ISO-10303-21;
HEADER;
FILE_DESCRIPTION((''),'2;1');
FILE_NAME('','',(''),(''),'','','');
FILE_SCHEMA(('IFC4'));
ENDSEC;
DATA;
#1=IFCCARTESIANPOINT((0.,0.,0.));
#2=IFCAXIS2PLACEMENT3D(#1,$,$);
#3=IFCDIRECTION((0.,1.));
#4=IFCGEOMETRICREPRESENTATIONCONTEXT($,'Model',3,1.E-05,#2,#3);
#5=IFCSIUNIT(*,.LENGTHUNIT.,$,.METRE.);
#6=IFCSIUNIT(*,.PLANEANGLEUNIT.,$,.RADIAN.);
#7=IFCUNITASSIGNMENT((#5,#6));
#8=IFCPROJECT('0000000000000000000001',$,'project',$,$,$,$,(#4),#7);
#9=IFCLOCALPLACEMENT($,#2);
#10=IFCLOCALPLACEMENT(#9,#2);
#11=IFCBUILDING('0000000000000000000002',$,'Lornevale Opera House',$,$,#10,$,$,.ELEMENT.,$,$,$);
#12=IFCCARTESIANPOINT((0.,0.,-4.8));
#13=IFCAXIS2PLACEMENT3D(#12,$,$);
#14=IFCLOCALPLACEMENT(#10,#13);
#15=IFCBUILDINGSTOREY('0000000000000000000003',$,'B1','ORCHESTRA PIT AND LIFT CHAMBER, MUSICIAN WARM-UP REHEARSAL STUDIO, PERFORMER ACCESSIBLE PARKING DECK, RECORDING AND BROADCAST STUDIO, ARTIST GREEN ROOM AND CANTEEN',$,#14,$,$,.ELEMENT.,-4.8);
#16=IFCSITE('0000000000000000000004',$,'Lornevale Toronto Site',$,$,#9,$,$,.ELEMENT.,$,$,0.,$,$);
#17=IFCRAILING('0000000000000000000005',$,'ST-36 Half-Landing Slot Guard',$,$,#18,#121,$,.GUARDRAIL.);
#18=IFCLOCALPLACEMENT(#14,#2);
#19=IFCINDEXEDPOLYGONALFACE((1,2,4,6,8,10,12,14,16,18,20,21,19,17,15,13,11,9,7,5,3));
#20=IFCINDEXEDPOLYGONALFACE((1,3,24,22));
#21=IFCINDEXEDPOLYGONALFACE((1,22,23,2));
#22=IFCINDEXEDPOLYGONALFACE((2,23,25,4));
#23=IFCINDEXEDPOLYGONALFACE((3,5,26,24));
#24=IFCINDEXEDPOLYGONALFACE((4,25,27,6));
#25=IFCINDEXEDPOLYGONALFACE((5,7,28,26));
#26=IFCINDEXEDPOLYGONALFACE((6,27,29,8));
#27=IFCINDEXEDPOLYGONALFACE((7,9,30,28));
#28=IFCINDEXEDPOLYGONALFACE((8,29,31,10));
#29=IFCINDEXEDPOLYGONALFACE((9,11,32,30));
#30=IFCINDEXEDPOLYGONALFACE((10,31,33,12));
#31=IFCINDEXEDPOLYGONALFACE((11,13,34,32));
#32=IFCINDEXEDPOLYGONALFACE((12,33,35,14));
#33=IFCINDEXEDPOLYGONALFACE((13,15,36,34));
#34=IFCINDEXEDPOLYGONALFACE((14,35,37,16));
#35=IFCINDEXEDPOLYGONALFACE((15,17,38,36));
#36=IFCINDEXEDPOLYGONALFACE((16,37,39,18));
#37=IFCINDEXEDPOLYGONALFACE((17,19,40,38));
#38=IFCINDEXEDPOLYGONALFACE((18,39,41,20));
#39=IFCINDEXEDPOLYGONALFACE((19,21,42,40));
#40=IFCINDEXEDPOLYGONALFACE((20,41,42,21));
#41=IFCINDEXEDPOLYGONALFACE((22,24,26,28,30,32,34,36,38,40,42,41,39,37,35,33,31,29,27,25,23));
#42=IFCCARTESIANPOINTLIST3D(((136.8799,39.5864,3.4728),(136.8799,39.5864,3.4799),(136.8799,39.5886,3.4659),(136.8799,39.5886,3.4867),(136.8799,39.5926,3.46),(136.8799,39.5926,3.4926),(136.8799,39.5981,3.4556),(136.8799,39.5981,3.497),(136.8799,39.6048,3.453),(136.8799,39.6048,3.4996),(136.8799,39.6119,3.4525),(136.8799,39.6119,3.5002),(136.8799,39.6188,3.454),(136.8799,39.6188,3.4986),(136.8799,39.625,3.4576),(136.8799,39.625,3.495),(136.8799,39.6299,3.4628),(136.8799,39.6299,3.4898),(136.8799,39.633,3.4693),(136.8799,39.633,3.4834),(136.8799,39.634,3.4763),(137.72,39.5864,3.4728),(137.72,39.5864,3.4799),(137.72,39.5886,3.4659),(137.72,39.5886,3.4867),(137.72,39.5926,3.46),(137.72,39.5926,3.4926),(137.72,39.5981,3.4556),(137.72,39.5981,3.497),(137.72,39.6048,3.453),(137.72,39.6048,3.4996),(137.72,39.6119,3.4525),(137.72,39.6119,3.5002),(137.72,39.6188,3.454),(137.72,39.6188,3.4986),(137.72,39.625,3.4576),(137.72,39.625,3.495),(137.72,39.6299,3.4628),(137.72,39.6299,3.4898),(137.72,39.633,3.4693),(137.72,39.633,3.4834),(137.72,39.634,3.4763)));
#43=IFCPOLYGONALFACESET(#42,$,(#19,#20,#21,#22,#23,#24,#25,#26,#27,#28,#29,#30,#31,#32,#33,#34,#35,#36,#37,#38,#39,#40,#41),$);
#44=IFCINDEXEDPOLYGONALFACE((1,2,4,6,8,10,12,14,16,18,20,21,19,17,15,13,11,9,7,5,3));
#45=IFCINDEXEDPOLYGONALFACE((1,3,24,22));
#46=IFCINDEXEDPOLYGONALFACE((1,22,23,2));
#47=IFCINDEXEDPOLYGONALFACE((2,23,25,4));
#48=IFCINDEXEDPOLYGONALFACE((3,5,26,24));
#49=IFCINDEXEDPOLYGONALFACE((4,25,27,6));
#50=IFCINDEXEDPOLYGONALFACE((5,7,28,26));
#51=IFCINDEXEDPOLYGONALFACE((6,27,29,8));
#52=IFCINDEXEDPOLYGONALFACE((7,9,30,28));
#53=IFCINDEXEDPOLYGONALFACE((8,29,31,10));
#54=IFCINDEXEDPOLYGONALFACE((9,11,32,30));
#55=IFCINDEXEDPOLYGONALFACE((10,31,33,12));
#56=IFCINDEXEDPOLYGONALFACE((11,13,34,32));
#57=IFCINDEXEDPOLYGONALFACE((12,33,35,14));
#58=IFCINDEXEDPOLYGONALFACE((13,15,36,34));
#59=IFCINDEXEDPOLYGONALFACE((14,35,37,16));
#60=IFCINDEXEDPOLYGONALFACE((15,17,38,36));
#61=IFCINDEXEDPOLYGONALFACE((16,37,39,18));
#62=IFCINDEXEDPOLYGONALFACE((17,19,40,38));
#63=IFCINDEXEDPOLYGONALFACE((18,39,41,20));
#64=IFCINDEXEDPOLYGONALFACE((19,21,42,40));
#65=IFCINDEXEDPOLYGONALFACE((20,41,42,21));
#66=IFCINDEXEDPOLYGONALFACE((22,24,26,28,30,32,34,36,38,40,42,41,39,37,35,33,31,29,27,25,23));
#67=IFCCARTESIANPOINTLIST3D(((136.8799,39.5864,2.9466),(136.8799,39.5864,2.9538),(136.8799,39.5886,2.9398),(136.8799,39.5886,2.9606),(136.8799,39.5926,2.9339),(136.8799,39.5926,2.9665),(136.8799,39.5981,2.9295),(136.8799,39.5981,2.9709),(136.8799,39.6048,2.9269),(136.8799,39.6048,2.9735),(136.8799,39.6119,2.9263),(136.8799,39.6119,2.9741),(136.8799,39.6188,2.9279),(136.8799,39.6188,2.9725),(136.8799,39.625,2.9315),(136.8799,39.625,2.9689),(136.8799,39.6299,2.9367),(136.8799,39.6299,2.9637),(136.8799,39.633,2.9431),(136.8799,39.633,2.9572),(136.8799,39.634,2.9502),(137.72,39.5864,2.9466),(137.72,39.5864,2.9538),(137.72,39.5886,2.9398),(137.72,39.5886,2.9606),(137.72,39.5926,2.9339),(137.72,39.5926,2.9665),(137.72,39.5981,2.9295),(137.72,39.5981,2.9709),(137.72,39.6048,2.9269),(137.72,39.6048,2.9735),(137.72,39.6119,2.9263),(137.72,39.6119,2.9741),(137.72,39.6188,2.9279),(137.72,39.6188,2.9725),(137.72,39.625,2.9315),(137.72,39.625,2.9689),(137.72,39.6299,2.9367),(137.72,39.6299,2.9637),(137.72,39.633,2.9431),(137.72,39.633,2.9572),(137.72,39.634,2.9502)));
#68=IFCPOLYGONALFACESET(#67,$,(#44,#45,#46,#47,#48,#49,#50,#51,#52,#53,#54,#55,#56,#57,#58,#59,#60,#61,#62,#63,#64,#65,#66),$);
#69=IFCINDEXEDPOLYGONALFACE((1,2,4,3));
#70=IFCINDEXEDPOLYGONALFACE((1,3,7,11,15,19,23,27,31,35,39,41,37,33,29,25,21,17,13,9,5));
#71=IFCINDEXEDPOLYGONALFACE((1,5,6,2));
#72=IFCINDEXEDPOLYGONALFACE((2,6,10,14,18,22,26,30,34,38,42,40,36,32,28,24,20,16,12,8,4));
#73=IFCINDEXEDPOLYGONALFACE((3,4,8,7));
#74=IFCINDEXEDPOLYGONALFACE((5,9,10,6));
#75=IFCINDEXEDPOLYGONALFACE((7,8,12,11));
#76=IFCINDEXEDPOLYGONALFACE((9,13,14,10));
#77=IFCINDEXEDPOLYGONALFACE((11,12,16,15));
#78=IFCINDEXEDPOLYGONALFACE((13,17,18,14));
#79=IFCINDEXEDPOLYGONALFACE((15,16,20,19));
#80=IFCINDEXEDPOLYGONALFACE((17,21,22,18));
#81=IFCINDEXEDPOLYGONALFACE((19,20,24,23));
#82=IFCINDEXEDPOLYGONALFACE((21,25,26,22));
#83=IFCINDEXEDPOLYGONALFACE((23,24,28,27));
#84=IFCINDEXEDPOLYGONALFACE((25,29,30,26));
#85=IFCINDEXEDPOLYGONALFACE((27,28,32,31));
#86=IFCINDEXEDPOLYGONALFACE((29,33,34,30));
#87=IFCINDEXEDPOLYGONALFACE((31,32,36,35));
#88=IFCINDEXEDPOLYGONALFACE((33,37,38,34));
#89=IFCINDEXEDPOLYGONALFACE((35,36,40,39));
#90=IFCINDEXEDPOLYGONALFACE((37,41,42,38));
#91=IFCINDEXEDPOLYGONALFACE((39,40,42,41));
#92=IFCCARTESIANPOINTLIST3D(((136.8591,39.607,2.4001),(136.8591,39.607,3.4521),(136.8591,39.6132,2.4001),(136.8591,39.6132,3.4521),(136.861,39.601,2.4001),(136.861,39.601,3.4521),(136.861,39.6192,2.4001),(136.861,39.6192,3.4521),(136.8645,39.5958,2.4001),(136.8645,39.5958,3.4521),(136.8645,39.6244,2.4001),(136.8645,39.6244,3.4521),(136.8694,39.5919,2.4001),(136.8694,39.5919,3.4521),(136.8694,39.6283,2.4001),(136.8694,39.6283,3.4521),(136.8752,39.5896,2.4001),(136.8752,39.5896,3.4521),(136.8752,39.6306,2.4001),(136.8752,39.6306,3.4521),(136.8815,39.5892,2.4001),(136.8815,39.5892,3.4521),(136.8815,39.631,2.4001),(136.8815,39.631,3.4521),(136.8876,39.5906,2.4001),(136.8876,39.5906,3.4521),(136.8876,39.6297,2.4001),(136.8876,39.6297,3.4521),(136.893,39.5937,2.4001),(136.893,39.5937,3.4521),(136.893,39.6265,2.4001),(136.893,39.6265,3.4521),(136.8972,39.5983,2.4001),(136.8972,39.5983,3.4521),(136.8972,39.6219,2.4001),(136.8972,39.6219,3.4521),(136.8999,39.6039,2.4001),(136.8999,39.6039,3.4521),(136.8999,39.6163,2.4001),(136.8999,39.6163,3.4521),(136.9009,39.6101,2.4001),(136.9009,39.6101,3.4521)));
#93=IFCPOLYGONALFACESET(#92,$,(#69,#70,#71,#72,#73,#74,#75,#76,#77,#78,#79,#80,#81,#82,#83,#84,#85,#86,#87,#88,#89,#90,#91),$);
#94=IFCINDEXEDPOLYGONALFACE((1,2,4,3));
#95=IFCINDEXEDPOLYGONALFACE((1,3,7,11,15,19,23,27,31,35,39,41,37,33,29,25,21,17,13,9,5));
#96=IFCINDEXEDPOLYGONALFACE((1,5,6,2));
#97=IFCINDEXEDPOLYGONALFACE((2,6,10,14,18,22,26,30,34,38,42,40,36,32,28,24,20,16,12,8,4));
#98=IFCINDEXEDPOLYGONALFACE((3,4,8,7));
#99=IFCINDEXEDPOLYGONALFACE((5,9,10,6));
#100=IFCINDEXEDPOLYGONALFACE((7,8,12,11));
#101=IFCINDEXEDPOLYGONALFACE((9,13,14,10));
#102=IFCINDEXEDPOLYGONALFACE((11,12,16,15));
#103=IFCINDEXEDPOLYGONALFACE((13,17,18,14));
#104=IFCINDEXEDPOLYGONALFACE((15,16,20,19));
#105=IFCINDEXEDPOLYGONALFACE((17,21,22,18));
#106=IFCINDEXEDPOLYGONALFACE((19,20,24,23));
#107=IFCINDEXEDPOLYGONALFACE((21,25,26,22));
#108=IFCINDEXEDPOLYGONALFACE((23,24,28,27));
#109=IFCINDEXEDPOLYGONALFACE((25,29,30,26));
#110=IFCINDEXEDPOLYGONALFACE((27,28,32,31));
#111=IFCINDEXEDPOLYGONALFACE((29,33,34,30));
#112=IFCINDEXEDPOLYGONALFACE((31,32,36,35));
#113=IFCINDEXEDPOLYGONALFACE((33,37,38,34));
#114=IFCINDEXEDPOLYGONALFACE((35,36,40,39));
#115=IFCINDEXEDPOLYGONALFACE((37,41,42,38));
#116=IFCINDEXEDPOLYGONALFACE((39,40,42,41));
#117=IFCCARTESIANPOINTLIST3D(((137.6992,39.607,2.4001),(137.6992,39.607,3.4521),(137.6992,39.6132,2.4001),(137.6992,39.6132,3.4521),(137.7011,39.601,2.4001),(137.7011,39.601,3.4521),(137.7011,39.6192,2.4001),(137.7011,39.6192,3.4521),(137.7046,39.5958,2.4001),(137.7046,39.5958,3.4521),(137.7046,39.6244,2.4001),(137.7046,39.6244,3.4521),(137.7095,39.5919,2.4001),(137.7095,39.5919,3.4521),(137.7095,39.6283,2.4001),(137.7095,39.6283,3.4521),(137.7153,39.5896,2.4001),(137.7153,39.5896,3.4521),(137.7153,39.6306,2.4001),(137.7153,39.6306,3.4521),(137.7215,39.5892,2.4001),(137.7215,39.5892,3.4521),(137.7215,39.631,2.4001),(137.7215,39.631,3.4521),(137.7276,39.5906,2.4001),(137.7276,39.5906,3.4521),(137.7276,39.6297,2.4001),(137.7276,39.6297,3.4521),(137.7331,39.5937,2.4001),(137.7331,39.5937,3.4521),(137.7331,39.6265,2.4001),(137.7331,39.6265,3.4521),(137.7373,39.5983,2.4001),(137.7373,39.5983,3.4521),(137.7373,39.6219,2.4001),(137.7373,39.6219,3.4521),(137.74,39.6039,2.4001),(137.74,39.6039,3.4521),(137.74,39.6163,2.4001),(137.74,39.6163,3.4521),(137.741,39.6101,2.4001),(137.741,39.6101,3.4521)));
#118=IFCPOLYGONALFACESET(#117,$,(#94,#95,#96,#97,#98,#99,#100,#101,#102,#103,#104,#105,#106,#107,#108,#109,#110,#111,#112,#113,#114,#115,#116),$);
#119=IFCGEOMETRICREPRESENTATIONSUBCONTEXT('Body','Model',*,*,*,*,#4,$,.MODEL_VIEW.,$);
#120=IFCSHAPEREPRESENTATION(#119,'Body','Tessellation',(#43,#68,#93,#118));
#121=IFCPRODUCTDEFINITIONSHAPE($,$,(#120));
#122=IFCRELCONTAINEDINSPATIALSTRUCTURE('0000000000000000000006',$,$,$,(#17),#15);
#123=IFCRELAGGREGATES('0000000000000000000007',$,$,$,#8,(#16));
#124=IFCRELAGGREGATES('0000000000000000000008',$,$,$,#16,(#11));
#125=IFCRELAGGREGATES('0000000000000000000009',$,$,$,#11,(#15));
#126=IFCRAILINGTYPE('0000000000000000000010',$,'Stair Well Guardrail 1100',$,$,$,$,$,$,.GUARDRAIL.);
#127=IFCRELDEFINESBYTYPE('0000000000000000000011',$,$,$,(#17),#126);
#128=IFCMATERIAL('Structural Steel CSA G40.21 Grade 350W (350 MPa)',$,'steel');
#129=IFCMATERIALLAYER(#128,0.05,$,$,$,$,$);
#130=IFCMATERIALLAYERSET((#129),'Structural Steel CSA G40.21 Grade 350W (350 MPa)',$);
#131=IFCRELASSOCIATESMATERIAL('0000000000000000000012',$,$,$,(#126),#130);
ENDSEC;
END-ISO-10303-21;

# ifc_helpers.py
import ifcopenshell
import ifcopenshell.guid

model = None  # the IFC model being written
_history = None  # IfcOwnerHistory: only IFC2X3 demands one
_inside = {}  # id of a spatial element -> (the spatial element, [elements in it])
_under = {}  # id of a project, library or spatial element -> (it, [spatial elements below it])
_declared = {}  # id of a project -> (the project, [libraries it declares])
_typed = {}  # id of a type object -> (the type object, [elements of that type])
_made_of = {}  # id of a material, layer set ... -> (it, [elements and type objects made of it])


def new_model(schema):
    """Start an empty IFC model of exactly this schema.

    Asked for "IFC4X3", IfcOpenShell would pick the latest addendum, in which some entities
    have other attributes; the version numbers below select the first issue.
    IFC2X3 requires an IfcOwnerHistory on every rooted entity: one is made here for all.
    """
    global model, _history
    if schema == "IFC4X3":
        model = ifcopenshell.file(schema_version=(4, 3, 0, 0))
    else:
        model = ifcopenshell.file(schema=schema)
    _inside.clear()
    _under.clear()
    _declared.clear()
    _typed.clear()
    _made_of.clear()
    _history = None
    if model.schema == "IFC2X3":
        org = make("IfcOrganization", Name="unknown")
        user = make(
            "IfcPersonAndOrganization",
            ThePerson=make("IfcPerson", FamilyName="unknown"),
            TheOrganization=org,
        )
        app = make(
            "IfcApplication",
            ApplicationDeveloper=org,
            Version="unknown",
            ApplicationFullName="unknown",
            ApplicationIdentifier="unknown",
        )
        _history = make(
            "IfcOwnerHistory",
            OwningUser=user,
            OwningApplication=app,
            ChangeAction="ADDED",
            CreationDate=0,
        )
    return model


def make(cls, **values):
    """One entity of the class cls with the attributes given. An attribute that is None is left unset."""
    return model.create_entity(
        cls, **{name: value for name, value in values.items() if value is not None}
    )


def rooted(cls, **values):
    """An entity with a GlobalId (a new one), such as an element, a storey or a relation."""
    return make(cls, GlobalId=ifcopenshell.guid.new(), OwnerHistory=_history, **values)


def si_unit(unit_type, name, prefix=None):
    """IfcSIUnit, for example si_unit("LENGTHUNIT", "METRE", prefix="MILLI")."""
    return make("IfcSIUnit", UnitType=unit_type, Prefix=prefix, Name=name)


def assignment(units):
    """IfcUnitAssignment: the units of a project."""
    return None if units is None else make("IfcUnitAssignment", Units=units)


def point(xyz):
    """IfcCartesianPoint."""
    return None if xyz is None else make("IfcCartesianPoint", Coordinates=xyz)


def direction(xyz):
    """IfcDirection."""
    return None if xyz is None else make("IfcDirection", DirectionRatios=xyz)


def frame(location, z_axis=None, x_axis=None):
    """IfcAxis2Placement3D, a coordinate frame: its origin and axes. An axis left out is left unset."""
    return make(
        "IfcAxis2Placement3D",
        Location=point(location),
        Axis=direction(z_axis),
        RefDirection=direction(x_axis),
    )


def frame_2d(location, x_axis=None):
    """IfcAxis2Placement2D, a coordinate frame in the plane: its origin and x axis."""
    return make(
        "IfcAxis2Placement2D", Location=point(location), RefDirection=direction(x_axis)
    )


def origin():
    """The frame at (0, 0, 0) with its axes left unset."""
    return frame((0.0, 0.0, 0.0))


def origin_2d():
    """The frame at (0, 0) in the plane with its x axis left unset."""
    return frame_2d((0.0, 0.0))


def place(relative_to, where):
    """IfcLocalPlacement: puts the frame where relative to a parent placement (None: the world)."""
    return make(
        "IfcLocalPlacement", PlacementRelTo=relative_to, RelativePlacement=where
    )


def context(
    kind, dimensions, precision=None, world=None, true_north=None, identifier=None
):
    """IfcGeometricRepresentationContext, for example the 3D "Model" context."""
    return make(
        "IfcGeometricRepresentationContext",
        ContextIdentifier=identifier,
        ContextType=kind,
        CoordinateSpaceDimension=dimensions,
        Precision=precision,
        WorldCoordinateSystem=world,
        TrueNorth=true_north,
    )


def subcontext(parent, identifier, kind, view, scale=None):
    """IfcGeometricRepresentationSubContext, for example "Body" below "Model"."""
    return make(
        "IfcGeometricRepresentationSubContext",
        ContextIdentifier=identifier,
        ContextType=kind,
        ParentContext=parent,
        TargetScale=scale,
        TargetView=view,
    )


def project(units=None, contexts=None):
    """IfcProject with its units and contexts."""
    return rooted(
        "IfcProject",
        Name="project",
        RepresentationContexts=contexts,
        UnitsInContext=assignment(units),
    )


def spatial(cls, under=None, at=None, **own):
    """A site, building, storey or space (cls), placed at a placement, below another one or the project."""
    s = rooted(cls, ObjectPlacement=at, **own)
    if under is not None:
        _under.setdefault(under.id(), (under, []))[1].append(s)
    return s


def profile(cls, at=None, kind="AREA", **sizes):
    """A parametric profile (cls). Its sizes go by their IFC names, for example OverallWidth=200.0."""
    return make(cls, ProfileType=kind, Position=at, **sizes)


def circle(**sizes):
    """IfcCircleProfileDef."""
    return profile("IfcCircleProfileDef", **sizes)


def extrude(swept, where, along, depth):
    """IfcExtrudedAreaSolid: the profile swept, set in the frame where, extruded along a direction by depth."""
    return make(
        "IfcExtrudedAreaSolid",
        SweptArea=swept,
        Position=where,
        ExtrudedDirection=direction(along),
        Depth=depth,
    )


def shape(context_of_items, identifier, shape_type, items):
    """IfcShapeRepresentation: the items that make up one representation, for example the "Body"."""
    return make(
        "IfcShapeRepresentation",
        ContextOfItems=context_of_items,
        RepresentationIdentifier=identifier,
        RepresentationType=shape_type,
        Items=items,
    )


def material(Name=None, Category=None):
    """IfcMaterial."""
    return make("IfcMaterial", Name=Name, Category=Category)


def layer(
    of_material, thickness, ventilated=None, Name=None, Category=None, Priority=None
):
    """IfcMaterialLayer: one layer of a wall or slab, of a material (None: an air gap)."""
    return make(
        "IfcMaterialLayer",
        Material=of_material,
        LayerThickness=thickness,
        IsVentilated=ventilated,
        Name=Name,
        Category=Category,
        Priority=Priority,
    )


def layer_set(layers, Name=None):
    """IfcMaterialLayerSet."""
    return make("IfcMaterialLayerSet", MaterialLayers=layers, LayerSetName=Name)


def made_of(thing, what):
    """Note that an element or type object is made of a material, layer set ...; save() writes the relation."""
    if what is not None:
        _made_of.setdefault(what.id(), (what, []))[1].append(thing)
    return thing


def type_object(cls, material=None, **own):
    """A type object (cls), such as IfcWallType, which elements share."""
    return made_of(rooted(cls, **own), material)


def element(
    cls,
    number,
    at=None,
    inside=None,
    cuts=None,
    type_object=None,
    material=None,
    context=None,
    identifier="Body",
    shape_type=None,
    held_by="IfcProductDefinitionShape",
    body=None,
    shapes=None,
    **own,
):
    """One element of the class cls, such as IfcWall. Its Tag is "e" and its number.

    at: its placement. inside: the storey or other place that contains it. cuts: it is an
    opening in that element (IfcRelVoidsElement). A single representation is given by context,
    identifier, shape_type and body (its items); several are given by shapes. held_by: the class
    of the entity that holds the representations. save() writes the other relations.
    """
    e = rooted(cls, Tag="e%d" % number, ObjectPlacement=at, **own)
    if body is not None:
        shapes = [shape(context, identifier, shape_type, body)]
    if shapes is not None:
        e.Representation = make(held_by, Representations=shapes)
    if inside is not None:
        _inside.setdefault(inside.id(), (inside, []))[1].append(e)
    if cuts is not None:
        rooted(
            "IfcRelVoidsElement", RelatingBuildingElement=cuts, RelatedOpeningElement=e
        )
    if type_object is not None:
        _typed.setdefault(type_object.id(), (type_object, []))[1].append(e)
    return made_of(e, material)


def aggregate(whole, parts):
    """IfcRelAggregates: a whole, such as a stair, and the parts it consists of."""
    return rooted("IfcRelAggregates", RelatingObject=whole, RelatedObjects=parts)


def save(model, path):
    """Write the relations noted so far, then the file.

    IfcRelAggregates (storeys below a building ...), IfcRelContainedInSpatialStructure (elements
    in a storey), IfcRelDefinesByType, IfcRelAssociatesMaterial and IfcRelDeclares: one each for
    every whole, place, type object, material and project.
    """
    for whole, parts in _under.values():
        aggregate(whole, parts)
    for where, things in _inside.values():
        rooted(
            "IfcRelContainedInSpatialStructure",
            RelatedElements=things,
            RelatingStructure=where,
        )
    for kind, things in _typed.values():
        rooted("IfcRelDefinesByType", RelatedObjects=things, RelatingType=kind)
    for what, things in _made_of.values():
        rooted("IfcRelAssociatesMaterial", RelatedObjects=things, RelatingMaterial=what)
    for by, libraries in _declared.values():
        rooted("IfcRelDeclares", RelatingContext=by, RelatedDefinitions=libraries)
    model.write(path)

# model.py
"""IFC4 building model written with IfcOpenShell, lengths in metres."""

from ifc_helpers import new_model, si_unit, direction, frame, origin, origin_2d, place, context, subcontext, project, spatial, circle, extrude, material, layer, layer_set, type_object, element, save


model = new_model("IFC4")

# Units and contexts
model_context = context("Model", 3, precision=1e-05, world=origin(), true_north=direction((0.0, 1.0)))
body_context = subcontext(model_context, "Body", "Model", "MODEL_VIEW")
ifc_project = project(units=[si_unit("LENGTHUNIT", "METRE"), si_unit("PLANEANGLEUNIT", "RADIAN")], contexts=[model_context])

# Site, building, storey
site_placement = place(None, origin())
site = spatial("IfcSite", under=ifc_project, at=site_placement, Name="Lornevale Toronto Site", CompositionType="ELEMENT", RefElevation=0.0)
building_placement = place(site_placement, origin())
building = spatial("IfcBuilding", under=site, at=building_placement, Name="Lornevale Opera House", CompositionType="ELEMENT")
storey_placement = place(building_placement, frame((0.0, 0.0, -4.8)))
storey = spatial("IfcBuildingStorey", under=building, at=storey_placement, Name="B1", Description="ORCHESTRA PIT AND LIFT CHAMBER, MUSICIAN WARM-UP REHEARSAL STUDIO, PERFORMER ACCESSIBLE PARKING DECK, RECORDING AND BROADCAST STUDIO, ARTIST GREEN ROOM AND CANTEEN", CompositionType="ELEMENT", Elevation=-4.8)

# Railing
ifc_material_1 = material(Name="Structural Steel CSA G40.21 Grade 350W (350 MPa)", Category="steel")
ifc_layer_1 = layer(ifc_material_1, 0.05)
ifc_layer_set_1 = layer_set([ifc_layer_1], Name="Structural Steel CSA G40.21 Grade 350W (350 MPa)")
railing_type_1 = type_object("IfcRailingType", Name="Stair Well Guardrail 1100", PredefinedType="GUARDRAIL", material=ifc_layer_set_1)
railing_1_placement = place(storey_placement, frame((136.8799, 39.6101, 2.4001)))
element("IfcRailing", 1, at=railing_1_placement, inside=storey, type_object=railing_type_1, Name="ST-36 Half-Landing Slot Guard", PredefinedType="GUARDRAIL", context=body_context, shape_type="SweptSolid", body=[
    extrude(circle(Radius=0.0239, at=origin_2d()), frame((0.0, 0.0, 1.0762), z_axis=(1.0, 0.0, 0.0), x_axis=(0.0, 1.0, 0.0)), (0.0, 0.0, 1.0), 0.8401),
    extrude(circle(Radius=0.0239, at=origin_2d()), frame((0.0, 0.0, 0.55), z_axis=(1.0, 0.0, 0.0), x_axis=(0.0, 1.0, 0.0)), (0.0, 0.0, 1.0), 0.8401),
    extrude(circle(Radius=0.021, at=origin_2d()), origin(), (0.0, 0.0, 1.0), 1.052),
    extrude(circle(Radius=0.021, at=origin_2d()), frame((0.8401, 0.0, 0.0)), (0.0, 0.0, 1.0), 1.052),
])

save(model, "model.ifc")
